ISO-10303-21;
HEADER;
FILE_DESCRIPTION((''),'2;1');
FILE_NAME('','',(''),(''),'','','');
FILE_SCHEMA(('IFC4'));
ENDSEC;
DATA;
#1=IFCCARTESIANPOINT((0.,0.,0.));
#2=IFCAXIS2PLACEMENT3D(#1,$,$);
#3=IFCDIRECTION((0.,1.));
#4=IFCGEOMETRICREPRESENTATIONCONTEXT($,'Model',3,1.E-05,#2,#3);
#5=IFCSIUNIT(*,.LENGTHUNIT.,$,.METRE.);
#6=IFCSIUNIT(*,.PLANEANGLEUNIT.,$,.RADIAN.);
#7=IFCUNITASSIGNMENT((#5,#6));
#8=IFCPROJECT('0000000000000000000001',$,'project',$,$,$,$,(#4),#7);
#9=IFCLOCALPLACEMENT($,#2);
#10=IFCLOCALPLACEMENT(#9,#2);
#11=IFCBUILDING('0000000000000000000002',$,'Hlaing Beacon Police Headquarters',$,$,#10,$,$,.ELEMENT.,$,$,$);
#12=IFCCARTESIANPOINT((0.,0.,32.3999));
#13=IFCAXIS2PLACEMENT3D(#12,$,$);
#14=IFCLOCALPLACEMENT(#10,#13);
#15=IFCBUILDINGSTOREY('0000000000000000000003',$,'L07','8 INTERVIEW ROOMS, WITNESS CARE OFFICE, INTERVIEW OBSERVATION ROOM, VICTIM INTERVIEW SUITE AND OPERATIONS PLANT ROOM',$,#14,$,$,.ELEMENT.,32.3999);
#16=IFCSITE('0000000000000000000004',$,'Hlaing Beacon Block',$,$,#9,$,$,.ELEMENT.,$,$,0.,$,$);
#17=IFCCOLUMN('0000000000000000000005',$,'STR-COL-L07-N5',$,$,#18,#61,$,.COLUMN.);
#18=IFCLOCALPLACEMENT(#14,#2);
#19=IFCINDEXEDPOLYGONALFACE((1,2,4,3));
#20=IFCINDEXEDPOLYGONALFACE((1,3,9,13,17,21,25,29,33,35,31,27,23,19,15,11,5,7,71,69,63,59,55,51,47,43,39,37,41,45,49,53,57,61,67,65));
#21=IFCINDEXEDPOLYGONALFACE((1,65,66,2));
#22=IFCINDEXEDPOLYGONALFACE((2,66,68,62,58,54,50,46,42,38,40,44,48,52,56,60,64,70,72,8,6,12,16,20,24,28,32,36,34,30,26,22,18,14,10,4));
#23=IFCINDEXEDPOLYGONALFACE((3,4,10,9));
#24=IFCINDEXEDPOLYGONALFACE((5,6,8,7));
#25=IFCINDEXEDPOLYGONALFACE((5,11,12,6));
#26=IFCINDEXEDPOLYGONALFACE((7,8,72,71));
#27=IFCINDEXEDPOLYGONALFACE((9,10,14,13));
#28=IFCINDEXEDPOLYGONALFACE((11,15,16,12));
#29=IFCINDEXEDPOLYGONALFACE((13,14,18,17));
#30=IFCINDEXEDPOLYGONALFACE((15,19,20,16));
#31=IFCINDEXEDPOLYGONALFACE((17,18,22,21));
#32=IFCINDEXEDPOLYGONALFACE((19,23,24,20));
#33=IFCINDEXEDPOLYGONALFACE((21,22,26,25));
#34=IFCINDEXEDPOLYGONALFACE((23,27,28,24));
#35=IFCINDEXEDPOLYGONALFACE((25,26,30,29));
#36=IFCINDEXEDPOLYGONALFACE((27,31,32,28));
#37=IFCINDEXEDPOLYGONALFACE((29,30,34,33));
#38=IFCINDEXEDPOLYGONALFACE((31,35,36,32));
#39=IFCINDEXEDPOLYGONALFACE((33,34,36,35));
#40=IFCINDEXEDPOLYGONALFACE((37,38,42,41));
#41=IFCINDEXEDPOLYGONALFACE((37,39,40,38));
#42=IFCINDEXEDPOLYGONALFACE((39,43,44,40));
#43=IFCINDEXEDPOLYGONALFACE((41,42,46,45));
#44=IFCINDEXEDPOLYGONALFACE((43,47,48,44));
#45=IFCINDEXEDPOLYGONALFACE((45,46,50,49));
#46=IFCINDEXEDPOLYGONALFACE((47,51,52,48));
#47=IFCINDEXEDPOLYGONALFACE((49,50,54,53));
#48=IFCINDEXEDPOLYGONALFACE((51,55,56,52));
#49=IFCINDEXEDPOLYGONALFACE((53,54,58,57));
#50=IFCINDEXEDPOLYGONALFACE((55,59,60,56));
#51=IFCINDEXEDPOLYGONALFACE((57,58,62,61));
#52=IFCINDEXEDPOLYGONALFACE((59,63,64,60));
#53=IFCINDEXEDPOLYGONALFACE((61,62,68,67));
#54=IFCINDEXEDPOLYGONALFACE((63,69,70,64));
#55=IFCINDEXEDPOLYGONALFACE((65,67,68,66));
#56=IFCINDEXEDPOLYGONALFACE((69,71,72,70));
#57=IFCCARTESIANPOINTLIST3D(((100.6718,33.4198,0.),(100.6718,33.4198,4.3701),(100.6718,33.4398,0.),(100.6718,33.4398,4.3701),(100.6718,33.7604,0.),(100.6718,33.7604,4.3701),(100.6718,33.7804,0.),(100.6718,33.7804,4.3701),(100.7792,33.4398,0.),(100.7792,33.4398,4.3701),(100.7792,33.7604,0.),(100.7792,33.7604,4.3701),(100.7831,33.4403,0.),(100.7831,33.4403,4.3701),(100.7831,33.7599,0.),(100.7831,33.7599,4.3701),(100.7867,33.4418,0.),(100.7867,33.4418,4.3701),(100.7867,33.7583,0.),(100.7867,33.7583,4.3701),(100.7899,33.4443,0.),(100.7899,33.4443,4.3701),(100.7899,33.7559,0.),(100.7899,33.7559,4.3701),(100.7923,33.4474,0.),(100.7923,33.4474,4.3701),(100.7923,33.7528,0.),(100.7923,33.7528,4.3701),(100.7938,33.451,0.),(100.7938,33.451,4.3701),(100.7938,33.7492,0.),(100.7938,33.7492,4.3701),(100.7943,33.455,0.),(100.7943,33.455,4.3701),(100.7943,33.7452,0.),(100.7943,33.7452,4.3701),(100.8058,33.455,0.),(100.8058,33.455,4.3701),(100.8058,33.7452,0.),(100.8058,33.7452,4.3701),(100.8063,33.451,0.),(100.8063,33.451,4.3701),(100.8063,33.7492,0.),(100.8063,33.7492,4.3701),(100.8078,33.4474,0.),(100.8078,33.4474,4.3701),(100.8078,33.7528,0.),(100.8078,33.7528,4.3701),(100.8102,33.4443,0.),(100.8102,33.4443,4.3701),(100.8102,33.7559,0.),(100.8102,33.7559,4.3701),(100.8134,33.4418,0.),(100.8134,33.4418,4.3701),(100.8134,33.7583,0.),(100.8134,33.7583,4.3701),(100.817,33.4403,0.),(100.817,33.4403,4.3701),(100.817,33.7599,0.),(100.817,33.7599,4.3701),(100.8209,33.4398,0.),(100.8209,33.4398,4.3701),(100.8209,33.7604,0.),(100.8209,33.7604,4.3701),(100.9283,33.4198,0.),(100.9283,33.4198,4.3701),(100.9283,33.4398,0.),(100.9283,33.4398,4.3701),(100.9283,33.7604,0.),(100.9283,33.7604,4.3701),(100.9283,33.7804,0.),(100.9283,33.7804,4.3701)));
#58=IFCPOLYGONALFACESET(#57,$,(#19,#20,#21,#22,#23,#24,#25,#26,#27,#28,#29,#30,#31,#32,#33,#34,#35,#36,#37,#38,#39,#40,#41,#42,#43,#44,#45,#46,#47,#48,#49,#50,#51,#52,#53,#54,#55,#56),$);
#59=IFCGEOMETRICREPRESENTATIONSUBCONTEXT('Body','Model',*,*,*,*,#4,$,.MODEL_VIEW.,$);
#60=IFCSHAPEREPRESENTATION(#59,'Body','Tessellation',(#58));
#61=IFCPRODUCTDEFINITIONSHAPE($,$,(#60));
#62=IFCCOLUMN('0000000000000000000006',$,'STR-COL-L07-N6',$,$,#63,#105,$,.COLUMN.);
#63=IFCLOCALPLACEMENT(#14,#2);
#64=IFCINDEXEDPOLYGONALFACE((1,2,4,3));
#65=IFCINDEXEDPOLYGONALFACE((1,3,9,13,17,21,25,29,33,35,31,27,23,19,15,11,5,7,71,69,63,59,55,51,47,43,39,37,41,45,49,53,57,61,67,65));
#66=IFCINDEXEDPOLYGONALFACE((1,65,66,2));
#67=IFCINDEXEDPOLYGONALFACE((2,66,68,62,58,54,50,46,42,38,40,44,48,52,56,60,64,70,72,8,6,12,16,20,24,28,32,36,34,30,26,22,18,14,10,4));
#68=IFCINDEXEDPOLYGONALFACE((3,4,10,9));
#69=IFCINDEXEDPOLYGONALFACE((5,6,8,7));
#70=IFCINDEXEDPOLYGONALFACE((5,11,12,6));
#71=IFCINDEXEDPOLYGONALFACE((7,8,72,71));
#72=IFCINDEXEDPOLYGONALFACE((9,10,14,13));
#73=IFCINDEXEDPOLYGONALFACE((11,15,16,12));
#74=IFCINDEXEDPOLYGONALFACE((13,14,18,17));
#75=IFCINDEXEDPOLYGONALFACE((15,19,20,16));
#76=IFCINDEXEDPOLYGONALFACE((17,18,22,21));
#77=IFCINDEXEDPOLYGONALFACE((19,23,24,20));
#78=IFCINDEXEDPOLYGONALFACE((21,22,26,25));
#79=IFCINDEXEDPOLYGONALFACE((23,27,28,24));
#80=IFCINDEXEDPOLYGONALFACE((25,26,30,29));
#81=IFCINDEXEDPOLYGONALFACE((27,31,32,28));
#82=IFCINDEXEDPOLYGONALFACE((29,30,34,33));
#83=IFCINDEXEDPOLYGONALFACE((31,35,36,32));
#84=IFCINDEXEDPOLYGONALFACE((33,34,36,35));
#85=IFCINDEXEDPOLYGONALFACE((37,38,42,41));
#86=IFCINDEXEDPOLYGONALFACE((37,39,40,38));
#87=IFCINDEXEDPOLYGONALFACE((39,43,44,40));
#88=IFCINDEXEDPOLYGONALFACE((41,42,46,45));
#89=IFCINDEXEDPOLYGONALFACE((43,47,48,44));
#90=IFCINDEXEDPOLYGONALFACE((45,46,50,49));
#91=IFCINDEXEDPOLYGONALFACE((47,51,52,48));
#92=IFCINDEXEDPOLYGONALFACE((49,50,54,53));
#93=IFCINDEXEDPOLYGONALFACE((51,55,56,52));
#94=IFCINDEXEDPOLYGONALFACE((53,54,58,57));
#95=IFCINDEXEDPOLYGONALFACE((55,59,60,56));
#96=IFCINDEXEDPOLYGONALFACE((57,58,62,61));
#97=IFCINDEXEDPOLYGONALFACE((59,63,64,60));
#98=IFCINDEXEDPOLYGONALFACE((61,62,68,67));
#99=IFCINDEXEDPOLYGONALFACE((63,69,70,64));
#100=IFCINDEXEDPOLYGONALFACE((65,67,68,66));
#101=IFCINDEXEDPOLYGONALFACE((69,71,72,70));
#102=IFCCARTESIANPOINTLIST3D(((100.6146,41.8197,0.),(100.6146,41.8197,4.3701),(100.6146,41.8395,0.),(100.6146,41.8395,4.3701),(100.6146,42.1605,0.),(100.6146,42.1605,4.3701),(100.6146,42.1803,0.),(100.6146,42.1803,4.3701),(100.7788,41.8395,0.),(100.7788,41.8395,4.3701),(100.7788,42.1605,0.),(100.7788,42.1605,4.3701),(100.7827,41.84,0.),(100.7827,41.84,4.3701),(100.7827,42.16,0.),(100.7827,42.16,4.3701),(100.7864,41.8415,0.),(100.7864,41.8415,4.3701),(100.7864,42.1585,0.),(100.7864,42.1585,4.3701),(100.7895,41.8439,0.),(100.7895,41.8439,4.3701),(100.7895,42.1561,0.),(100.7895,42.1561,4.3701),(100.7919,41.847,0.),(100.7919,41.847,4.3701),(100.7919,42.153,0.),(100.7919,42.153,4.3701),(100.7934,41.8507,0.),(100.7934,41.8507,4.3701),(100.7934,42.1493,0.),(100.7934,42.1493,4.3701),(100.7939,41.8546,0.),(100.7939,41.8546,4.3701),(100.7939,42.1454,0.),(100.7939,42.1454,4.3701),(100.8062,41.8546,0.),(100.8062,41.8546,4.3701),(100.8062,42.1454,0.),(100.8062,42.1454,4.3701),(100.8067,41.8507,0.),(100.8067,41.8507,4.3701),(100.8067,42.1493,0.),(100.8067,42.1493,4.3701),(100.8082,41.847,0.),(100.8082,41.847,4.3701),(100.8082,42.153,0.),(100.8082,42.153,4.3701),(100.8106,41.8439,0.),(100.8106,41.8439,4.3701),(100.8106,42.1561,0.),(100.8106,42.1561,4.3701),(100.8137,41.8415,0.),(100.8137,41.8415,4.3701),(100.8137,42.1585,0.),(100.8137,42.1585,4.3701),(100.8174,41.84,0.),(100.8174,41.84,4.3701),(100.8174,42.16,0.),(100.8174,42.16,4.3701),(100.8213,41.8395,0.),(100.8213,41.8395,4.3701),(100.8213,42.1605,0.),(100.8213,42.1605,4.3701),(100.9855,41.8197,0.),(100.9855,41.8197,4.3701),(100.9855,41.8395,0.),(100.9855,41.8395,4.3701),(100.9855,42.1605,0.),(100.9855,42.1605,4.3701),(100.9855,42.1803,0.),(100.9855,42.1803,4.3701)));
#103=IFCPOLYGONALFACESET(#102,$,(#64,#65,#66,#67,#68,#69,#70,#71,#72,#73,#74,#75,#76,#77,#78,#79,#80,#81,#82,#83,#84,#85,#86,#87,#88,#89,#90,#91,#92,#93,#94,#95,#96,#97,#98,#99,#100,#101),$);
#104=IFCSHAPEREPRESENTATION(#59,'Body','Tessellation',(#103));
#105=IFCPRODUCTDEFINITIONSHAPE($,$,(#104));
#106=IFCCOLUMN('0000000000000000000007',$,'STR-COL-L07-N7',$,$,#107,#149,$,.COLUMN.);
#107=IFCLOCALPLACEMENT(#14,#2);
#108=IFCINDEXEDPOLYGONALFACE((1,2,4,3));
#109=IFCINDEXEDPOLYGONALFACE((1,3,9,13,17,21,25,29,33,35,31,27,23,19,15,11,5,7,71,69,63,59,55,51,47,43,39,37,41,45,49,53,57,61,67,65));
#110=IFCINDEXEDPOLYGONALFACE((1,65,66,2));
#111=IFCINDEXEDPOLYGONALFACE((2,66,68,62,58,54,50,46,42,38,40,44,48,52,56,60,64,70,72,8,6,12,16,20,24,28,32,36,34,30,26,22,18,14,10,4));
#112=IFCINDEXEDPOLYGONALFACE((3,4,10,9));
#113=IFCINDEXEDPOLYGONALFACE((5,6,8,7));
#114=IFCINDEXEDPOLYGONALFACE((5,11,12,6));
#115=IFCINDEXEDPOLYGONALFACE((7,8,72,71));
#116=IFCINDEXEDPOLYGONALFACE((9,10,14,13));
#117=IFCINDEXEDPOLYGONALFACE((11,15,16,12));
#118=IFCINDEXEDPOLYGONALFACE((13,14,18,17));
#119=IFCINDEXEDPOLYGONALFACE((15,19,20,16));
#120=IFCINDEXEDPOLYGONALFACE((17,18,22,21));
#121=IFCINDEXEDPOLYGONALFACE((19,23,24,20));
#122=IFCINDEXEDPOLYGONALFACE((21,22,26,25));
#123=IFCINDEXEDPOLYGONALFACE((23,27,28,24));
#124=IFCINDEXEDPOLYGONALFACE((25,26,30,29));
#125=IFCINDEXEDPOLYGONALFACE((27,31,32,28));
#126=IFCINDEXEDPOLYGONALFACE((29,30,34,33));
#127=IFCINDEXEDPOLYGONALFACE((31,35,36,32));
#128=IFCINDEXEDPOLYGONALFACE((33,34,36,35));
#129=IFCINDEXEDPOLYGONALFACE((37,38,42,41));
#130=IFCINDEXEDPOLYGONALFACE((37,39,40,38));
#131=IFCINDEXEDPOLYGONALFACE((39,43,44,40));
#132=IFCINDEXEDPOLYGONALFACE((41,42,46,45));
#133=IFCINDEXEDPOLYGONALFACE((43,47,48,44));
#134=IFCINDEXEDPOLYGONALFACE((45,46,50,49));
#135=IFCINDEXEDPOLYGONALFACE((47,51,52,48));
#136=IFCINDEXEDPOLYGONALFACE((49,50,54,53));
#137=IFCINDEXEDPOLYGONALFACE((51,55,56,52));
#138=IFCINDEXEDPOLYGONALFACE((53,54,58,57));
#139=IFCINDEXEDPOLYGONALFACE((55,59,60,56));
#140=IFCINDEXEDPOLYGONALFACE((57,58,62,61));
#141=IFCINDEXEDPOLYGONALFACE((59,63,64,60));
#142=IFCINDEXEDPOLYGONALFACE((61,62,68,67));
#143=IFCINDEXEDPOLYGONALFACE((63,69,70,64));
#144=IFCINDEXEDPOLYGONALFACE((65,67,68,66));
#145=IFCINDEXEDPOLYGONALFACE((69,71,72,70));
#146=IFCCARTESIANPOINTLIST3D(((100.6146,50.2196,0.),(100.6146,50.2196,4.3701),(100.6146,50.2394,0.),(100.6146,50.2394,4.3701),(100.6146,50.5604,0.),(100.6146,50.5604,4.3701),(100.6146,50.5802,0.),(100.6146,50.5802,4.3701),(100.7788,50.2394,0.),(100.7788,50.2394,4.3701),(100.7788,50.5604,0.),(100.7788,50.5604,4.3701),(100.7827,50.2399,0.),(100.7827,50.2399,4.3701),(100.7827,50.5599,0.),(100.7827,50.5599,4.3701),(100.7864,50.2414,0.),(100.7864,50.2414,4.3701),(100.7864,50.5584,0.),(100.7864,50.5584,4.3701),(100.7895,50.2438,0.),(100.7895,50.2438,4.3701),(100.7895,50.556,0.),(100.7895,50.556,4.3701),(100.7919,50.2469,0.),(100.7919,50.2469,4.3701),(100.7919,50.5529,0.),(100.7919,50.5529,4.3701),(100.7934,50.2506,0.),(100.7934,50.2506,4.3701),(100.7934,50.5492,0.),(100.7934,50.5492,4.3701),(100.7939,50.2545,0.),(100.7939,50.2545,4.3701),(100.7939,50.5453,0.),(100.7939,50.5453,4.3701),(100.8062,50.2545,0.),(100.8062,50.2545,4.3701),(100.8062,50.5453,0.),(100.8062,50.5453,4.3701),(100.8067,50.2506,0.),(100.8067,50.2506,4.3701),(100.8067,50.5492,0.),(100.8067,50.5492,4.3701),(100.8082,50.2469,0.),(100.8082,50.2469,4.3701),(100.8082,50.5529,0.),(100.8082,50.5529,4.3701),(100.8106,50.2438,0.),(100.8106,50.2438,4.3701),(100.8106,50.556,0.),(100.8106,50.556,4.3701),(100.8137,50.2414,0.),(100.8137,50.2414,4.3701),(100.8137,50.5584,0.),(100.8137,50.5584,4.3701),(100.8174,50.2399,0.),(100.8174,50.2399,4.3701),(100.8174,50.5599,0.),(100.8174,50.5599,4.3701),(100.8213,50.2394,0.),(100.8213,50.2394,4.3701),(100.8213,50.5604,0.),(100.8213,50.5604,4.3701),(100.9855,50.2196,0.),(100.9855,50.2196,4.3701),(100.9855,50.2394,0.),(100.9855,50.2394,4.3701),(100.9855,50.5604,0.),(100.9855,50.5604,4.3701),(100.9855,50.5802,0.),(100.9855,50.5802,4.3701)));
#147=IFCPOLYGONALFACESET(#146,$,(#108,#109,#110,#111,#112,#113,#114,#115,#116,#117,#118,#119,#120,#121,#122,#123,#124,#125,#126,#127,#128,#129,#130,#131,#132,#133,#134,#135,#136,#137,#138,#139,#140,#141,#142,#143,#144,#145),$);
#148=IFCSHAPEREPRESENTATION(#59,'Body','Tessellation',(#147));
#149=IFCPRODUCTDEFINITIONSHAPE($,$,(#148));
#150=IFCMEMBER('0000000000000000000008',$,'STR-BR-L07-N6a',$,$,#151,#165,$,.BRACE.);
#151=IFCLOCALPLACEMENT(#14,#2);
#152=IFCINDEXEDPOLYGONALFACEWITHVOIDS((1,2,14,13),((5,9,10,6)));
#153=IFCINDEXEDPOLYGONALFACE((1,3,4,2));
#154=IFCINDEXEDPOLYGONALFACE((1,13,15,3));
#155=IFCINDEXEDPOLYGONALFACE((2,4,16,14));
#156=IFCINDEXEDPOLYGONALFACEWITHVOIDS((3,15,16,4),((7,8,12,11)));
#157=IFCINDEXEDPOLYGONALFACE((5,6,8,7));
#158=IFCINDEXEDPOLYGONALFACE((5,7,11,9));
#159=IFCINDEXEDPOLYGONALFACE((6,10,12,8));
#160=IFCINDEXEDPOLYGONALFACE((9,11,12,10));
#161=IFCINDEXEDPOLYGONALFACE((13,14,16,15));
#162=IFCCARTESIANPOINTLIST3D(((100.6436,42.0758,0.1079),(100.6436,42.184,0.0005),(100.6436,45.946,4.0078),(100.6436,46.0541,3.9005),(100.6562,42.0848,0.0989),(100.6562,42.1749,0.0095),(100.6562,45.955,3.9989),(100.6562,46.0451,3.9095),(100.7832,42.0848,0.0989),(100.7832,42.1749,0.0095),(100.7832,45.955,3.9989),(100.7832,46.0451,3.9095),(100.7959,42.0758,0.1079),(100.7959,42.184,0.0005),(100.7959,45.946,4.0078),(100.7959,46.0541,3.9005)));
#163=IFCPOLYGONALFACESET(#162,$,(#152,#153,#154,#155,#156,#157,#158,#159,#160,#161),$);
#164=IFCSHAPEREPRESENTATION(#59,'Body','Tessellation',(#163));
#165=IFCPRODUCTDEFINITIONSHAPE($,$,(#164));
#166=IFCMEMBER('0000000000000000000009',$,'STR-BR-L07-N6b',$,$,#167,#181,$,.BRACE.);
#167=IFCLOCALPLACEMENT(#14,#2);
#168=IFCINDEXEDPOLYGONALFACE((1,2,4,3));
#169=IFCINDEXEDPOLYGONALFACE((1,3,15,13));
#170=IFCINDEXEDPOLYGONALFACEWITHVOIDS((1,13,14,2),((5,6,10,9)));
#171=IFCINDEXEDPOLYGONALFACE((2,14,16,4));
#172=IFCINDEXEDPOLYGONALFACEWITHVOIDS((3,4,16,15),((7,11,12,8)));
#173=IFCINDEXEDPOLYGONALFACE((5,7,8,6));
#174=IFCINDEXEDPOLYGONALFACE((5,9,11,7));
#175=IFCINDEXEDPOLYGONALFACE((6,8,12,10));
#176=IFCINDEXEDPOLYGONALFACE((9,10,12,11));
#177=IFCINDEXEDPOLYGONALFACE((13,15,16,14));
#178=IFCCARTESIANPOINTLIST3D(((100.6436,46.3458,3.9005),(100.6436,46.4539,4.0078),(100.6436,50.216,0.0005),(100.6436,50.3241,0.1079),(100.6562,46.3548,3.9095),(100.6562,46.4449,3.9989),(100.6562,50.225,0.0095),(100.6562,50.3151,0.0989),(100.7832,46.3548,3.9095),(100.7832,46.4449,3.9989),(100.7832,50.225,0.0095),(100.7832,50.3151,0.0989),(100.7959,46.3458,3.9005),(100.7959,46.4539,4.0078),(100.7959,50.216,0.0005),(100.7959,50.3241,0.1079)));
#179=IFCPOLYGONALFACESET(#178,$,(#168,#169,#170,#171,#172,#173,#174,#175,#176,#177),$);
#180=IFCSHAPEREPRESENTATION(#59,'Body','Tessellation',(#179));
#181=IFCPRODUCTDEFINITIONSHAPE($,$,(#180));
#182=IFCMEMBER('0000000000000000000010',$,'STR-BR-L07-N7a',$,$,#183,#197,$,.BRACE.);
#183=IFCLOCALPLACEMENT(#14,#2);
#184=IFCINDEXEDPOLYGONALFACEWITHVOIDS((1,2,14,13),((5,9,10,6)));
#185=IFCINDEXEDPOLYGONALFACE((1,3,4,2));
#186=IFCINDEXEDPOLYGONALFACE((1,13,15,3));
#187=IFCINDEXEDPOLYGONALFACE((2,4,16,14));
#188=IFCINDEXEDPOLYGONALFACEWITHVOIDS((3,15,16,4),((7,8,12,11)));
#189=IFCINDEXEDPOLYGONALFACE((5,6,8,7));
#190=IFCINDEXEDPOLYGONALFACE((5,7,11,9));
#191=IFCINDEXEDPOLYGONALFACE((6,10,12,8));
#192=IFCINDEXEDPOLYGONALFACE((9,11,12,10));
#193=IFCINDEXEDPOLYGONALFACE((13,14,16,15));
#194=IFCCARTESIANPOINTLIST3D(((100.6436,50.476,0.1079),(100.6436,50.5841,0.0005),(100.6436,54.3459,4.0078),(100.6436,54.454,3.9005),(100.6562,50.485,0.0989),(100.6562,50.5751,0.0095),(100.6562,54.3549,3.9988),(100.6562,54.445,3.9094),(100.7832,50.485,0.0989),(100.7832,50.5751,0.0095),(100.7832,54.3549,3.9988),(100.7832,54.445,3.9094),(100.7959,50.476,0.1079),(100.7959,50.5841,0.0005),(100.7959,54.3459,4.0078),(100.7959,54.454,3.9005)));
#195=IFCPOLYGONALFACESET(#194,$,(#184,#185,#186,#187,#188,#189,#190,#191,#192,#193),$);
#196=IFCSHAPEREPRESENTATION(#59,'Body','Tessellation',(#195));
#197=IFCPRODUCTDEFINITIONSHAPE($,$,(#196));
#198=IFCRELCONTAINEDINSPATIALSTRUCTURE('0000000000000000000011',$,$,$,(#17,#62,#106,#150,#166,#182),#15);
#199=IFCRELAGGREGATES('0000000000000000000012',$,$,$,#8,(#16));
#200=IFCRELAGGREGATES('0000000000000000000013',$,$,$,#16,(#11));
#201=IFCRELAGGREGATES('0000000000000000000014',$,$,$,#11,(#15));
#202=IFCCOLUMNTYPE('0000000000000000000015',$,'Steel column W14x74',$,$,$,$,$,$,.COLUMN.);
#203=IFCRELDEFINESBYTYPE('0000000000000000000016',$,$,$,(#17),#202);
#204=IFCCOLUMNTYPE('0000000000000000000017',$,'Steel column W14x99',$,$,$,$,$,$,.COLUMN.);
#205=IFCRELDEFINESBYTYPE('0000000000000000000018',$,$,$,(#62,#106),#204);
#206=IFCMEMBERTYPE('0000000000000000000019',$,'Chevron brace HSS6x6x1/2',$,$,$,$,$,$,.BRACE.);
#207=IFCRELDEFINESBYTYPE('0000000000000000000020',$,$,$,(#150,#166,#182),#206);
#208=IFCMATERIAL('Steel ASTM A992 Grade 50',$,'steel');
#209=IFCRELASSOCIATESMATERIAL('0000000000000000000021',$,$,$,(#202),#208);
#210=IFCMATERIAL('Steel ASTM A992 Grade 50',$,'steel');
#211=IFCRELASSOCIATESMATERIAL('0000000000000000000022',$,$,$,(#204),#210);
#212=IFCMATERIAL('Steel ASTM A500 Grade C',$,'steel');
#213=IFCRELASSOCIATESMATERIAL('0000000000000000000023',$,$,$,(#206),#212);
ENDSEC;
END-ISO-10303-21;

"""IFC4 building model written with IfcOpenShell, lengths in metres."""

from ifc_helpers import new_model, si_unit, direction, frame, origin, origin_2d, place, context, subcontext, project, spatial, hollow_rectangle, i_section, extrude, material, material_profile, profile_set, type_object, element, save


model = new_model("IFC4")

# Units and contexts
model_context = context("Model", 3, precision=1e-05, world=origin(), true_north=direction((0.0, 1.0)))
body_context = subcontext(model_context, "Body", "Model", "MODEL_VIEW")
ifc_project = project(units=[si_unit("LENGTHUNIT", "METRE"), si_unit("PLANEANGLEUNIT", "RADIAN")], contexts=[model_context])

# Site, building, storey
site_placement = place(None, origin())
site = spatial("IfcSite", under=ifc_project, at=site_placement, Name="Hlaing Beacon Block", CompositionType="ELEMENT", RefElevation=0.0)
building_placement = place(site_placement, origin())
building = spatial("IfcBuilding", under=site, at=building_placement, Name="Hlaing Beacon Police Headquarters", CompositionType="ELEMENT")
storey_placement = place(building_placement, frame((0.0, 0.0, 32.3999)))
storey = spatial("IfcBuildingStorey", under=building, at=storey_placement, Name="L07", Description="8 INTERVIEW ROOMS, WITNESS CARE OFFICE, INTERVIEW OBSERVATION ROOM, VICTIM INTERVIEW SUITE AND OPERATIONS PLANT ROOM", CompositionType="ELEMENT", Elevation=32.3999)

# Columns
ifc_material_1 = material(Name="Steel ASTM A992 Grade 50", Category="steel")
ifc_material_profile_1 = material_profile(ifc_material_1, i_section(OverallWidth=0.2566, OverallDepth=0.3606, WebThickness=0.0115, FlangeThickness=0.02, FilletRadius=0.0151, at=origin_2d()), Name="W14x74")
ifc_profile_set_1 = profile_set([ifc_material_profile_1], Name="Steel ASTM A992 Grade 50")
column_type_1 = type_object("IfcColumnType", Name="Steel column W14x74", PredefinedType="COLUMN", material=ifc_profile_set_1)
column_placement = place(storey_placement, frame((100.8, 33.6001, 0.0), z_axis=(0.0, 0.0, 1.0), x_axis=(1.0, 0.0, 0.0)))
element("IfcColumn", 1, at=column_placement, inside=storey, type_object=column_type_1, Name="STR-COL-L07-N5", PredefinedType="COLUMN", context=body_context, shape_type="SweptSolid", body=[
    extrude(i_section(OverallWidth=0.2566, OverallDepth=0.3606, WebThickness=0.0115, FlangeThickness=0.02, FilletRadius=0.0151, at=origin_2d()), origin(), (0.0, 0.0, 1.0), 4.3701),
])
ifc_material_2 = material(Name="Steel ASTM A992 Grade 50", Category="steel")
ifc_material_profile_2 = material_profile(ifc_material_2, i_section(OverallWidth=0.3708, OverallDepth=0.3606, WebThickness=0.0122, FlangeThickness=0.0198, FilletRadius=0.0151, at=origin_2d()), Name="W14x99")
ifc_profile_set_2 = profile_set([ifc_material_profile_2], Name="Steel ASTM A992 Grade 50")
column_type_2 = type_object("IfcColumnType", Name="Steel column W14x99", PredefinedType="COLUMN", material=ifc_profile_set_2)
for number, where, z_axis, x_axis, name in (
    (2, (100.8, 42.0, 0.0), (0.0, 0.0, 1.0), (1.0, 0.0, 0.0), "STR-COL-L07-N6"),
    (3, (100.8, 50.3999, 0.0), (0.0, 0.0, 1.0), (1.0, 0.0, 0.0), "STR-COL-L07-N7"),
):
    element("IfcColumn", number, at=place(storey_placement, frame(where, z_axis=z_axis, x_axis=x_axis)), inside=storey, type_object=column_type_2, Name=name, PredefinedType="COLUMN", context=body_context, shape_type="SweptSolid", body=[
        extrude(i_section(OverallWidth=0.3708, OverallDepth=0.3606, WebThickness=0.0122, FlangeThickness=0.0198, FilletRadius=0.0151, at=origin_2d()), origin(), (0.0, 0.0, 1.0), 4.3701),
    ])

# Members
ifc_material_3 = material(Name="Steel ASTM A500 Grade C", Category="steel")
ifc_material_profile_3 = material_profile(ifc_material_3, hollow_rectangle(XDim=0.1523, YDim=0.1523, WallThickness=0.0127, at=origin_2d()), Name="HSS6x6x1/2")
ifc_profile_set_3 = profile_set([ifc_material_profile_3], Name="Steel ASTM A500 Grade C")
member_type = type_object("IfcMemberType", Name="Chevron brace HSS6x6x1/2", PredefinedType="BRACE", material=ifc_profile_set_3)
for number, where, z_axis, x_axis, name in (
    (4, (100.7197, 42.1299, 0.0542), (0.0, 0.704391, 0.709812), (-1.0, 0.0, 0.0), "STR-BR-L07-N6a"),
    (5, (100.7197, 50.27, 0.0542), (0.0, -0.704391, 0.709812), (1.0, 0.0, 0.0), "STR-BR-L07-N6b"),
):
    element("IfcMember", number, at=place(storey_placement, frame(where, z_axis=z_axis, x_axis=x_axis)), inside=storey, type_object=member_type, Name=name, PredefinedType="BRACE", context=body_context, shape_type="SweptSolid", body=[
        extrude(hollow_rectangle(XDim=0.1523, YDim=0.1523, WallThickness=0.0127, at=origin_2d()), origin(), (0.0, 0.0, 1.0), 5.4944),
    ])
for number, where, z_axis, x_axis, name in (
    (6, (100.7197, 50.53, 0.0542), (0.0, 0.704369, 0.709834), (-1.0, 0.0, 0.0), "STR-BR-L07-N7a"),
):
    element("IfcMember", number, at=place(storey_placement, frame(where, z_axis=z_axis, x_axis=x_axis)), inside=storey, type_object=member_type, Name=name, PredefinedType="BRACE", context=body_context, shape_type="SweptSolid", body=[
        extrude(hollow_rectangle(XDim=0.1523, YDim=0.1523, WallThickness=0.0127, at=origin_2d()), origin(), (0.0, 0.0, 1.0), 5.4941),
    ])

save(model, "model.ifc")
